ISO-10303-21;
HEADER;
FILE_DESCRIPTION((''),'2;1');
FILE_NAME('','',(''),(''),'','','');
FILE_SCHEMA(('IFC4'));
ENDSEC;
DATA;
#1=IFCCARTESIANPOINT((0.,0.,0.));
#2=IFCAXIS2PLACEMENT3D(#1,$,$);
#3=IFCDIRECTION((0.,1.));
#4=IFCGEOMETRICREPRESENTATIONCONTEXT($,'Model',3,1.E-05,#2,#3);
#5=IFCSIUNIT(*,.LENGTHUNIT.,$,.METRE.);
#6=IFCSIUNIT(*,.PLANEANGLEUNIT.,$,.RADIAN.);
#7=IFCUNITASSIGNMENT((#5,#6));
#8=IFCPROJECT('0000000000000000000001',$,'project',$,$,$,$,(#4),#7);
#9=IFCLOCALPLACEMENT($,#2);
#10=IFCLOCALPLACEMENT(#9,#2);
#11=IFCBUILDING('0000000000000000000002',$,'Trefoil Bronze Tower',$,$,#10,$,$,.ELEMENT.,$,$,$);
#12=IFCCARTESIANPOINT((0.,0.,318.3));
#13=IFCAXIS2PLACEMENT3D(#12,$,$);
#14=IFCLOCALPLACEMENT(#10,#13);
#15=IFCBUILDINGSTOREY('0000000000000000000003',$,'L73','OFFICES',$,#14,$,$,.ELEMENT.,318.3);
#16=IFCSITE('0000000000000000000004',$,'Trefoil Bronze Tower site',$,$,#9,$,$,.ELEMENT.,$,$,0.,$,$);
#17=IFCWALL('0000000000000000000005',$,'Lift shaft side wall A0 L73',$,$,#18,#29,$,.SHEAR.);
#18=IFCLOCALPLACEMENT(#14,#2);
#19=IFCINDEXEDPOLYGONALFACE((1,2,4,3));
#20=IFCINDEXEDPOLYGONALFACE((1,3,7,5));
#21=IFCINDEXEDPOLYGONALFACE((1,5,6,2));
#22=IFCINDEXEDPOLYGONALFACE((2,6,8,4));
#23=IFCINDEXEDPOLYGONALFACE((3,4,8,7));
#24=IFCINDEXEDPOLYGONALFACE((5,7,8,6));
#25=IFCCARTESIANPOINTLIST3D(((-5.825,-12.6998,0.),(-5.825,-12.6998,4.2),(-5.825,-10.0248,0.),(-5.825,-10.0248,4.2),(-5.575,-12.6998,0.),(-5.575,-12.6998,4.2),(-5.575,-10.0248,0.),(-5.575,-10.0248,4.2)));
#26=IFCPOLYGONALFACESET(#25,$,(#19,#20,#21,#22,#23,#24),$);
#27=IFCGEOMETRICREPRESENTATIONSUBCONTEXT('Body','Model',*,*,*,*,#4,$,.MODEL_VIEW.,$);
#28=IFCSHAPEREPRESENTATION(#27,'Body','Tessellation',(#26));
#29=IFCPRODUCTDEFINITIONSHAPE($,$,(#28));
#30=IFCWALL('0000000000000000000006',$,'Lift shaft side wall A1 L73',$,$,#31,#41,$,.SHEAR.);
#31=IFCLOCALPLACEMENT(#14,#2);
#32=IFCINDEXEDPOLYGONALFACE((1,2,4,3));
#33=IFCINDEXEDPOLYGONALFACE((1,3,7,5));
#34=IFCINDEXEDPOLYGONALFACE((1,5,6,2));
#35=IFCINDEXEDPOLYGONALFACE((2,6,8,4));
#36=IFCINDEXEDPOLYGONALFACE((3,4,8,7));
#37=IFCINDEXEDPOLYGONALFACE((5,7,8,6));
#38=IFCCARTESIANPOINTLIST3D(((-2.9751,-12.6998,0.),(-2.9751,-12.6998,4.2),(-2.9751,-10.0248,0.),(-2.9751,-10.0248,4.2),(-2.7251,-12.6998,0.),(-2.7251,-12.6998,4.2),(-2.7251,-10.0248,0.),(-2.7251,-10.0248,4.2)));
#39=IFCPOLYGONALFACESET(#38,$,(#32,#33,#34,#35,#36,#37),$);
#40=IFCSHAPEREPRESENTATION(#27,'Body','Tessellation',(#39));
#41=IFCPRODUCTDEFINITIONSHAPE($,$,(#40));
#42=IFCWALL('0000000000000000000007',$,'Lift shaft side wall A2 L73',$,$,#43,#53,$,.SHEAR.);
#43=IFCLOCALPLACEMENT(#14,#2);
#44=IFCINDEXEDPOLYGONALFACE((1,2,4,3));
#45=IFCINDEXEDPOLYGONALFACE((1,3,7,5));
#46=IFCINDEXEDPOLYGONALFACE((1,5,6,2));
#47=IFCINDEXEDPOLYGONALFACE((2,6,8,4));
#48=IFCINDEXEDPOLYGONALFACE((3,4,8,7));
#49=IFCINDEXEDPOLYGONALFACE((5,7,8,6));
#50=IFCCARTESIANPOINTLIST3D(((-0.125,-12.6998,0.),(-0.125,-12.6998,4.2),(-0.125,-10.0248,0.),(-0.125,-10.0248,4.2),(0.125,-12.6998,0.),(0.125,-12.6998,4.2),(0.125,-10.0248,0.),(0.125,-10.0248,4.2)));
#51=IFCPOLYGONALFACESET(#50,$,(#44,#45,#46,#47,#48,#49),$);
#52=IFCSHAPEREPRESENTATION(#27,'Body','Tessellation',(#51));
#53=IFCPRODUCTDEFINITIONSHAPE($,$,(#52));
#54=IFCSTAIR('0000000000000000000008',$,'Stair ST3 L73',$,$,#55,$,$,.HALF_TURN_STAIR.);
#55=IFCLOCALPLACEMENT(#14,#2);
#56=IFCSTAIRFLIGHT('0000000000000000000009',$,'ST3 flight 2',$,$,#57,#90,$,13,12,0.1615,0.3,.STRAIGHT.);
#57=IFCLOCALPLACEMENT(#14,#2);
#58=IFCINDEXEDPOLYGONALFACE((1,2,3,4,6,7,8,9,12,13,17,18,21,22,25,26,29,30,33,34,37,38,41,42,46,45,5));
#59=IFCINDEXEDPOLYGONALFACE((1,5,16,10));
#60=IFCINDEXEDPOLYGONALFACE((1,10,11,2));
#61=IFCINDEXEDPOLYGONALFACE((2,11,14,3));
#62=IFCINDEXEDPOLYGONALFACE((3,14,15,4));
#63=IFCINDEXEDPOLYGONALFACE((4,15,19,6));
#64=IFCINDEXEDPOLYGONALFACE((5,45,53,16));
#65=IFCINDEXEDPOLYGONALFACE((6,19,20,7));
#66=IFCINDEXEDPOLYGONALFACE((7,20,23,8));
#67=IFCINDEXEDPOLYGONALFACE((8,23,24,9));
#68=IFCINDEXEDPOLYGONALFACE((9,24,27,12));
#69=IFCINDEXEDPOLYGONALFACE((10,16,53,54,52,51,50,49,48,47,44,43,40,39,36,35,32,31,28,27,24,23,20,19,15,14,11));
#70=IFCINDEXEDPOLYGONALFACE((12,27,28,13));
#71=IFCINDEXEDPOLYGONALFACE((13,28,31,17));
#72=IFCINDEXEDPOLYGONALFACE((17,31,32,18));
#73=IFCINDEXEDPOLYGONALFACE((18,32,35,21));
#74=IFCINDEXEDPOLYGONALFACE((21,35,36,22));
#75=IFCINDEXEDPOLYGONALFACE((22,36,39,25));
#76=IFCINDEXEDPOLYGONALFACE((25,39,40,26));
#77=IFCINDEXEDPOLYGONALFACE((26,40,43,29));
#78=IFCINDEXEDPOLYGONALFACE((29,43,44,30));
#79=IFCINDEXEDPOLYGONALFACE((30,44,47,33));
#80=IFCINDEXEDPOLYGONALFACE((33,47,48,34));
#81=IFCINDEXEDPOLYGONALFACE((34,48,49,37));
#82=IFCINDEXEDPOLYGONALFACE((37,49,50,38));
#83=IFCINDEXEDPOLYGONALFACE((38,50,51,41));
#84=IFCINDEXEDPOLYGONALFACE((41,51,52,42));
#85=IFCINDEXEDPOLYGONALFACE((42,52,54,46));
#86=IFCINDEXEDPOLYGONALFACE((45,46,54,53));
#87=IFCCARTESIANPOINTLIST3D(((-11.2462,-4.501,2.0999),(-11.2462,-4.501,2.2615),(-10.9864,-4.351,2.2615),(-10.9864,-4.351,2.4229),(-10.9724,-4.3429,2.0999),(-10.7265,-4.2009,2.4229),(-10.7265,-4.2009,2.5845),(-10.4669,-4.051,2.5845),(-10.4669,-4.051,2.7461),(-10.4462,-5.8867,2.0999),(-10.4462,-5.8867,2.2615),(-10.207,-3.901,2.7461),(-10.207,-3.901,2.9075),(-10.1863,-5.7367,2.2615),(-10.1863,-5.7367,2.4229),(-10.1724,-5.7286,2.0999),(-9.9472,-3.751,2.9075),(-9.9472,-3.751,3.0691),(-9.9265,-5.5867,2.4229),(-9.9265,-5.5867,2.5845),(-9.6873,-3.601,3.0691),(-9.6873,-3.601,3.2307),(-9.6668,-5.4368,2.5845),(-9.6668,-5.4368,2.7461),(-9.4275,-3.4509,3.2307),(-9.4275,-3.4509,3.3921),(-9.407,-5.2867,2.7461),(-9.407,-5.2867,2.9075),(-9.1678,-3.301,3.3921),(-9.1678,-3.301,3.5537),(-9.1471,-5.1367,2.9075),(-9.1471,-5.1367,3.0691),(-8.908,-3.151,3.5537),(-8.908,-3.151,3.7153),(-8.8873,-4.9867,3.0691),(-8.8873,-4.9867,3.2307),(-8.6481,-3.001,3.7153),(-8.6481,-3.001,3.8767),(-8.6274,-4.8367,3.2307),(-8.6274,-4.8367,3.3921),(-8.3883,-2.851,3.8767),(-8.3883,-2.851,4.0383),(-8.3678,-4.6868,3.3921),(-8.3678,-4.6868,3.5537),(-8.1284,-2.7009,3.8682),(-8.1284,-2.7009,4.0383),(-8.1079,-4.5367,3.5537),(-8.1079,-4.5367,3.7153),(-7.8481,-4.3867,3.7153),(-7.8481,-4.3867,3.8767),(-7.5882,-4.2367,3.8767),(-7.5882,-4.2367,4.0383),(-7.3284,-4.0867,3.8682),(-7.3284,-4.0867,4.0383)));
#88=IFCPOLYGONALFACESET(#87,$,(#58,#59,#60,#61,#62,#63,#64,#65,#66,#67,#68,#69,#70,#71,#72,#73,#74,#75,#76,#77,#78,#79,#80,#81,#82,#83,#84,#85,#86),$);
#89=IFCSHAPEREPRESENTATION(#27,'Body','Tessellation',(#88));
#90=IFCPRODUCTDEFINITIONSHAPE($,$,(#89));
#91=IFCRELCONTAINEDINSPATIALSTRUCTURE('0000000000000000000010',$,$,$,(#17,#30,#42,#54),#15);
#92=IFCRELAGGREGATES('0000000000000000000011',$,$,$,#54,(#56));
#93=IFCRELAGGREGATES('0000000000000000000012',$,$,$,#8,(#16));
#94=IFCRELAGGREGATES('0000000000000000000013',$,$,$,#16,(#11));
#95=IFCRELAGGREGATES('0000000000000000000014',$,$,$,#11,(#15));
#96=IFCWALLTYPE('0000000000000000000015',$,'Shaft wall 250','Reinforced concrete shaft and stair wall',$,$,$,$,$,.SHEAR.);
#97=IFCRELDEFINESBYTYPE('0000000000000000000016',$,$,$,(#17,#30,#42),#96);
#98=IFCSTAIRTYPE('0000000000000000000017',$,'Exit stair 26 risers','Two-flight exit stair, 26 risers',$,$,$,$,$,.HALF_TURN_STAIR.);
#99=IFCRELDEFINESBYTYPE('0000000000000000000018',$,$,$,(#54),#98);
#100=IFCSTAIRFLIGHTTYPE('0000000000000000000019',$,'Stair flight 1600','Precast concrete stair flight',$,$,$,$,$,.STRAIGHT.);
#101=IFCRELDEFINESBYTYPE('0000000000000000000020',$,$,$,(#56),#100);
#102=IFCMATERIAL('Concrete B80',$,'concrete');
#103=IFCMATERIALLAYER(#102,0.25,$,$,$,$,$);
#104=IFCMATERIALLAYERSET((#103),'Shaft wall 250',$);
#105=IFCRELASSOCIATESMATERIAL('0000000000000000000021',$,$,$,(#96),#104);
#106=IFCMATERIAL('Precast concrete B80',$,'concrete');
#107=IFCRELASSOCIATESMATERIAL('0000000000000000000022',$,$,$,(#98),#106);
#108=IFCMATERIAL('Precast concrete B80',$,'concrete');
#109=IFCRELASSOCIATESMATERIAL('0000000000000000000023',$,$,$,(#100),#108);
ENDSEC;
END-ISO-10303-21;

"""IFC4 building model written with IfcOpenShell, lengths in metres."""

from ifc_helpers import new_model, si_unit, direction, frame, frame_2d, origin, place, context, subcontext, project, spatial, polyline, rectangle, outline, extrude, material, layer, layer_set, type_object, element, aggregate, save


model = new_model("IFC4")

# Units and contexts
model_context = context("Model", 3, precision=1e-05, world=origin(), true_north=direction((0.0, 1.0)))
body_context = subcontext(model_context, "Body", "Model", "MODEL_VIEW")
ifc_project = project(units=[si_unit("LENGTHUNIT", "METRE"), si_unit("PLANEANGLEUNIT", "RADIAN")], contexts=[model_context])

# Site, building, storey
site_placement = place(None, origin())
site = spatial("IfcSite", under=ifc_project, at=site_placement, Name="Trefoil Bronze Tower site", CompositionType="ELEMENT", RefElevation=0.0)
building_placement = place(site_placement, origin())
building = spatial("IfcBuilding", under=site, at=building_placement, Name="Trefoil Bronze Tower", CompositionType="ELEMENT")
storey_placement = place(building_placement, frame((0.0, 0.0, 318.3)))
storey = spatial("IfcBuildingStorey", under=building, at=storey_placement, Name="L73", Description="OFFICES", CompositionType="ELEMENT", Elevation=318.3)

# Shared definitions
ifc_material_1 = material(Name="Concrete B80", Category="concrete")
ifc_layer_1 = layer(ifc_material_1, 0.25)
ifc_layer_set_1 = layer_set([ifc_layer_1], Name="Shaft wall 250")
wall_type_1 = type_object("IfcWallType", Name="Shaft wall 250", Description="Reinforced concrete shaft and stair wall", PredefinedType="SHEAR", material=ifc_layer_set_1)

# Walls
for number, where, z_axis, x_axis, name in (
    (1, (-5.7, -10.0249, 0.0), (0.0, 0.0, 1.0), (0.0, -1.0, 0.0), "Lift shaft side wall A0 L73"),
    (2, (-2.8501, -10.0249, 0.0), (0.0, 0.0, 1.0), (0.0, -1.0, 0.0), "Lift shaft side wall A1 L73"),
    (3, (0.0, -10.0249, 0.0), (0.0, 0.0, 1.0), (0.0, -1.0, 0.0), "Lift shaft side wall A2 L73"),
):
    element("IfcWall", number, at=place(storey_placement, frame(where, z_axis=z_axis, x_axis=x_axis)), inside=storey, type_object=wall_type_1, Name=name, PredefinedType="SHEAR", context=body_context, shape_type="SweptSolid", body=[
        extrude(rectangle(XDim=2.675, YDim=0.25, at=frame_2d((1.3374, 0.0))), origin(), (0.0, 0.0, 1.0), 4.2),
    ])

# Stair, stair flight
ifc_material_2 = material(Name="Precast concrete B80", Category="concrete")
stair_type = type_object("IfcStairType", Name="Exit stair 26 risers", Description="Two-flight exit stair, 26 risers", PredefinedType="HALF_TURN_STAIR", material=ifc_material_2)
stair_placement = place(storey_placement, origin())
stair = element("IfcStair", 4, at=stair_placement, inside=storey, type_object=stair_type, Name="Stair ST3 L73", PredefinedType="HALF_TURN_STAIR")
ifc_material_3 = material(Name="Precast concrete B80", Category="concrete")
stair_flight_type = type_object("IfcStairFlightType", Name="Stair flight 1600", Description="Precast concrete stair flight", PredefinedType="STRAIGHT", material=ifc_material_3)
stair_flight_placement = place(storey_placement, frame((-10.8462, -5.1938, 2.0999), z_axis=(0.0, 0.0, 1.0), x_axis=(0.866025, 0.5, 0.0)))
stair_flight = element("IfcStairFlight", 5, at=stair_flight_placement, type_object=stair_flight_type, Name="ST3 flight 2", NumberOfRisers=13, NumberOfTreads=12, PredefinedType="STRAIGHT", RiserHeight=0.1615, TreadLength=0.3, context=body_context, shape_type="SweptSolid", body=[
    extrude(outline(polyline([(0.0, 0.0), (0.0, 0.1616), (0.3, 0.1616), (0.3, 0.323), (0.6001, 0.323), (0.6001, 0.4846), (0.8999, 0.4846), (0.8999, 0.6462), (1.2, 0.6462), (1.2, 0.8076), (1.5, 0.8076), (1.5, 0.9692), (1.8, 0.9692), (1.8, 1.1309), (2.1001, 1.1309), (2.1001, 1.2922), (2.3999, 1.2922), (2.3999, 1.4539), (2.7, 1.4539), (2.7, 1.6155), (3.0, 1.6155), (3.0, 1.7769), (3.3, 1.7769), (3.3, 1.9385), (3.6001, 1.9385), (3.6001, 2.1001), (3.6001, 1.7683), (0.3162, 0.0), (0.0, 0.0)])), frame((0.0, 0.8, 0.0), z_axis=(0.0, -1.0, 0.0), x_axis=(1.0, 0.0, 0.0)), (0.0, 0.0, 1.0), 1.6001),
])
aggregate(stair, [stair_flight])

save(model, "model.ifc")
